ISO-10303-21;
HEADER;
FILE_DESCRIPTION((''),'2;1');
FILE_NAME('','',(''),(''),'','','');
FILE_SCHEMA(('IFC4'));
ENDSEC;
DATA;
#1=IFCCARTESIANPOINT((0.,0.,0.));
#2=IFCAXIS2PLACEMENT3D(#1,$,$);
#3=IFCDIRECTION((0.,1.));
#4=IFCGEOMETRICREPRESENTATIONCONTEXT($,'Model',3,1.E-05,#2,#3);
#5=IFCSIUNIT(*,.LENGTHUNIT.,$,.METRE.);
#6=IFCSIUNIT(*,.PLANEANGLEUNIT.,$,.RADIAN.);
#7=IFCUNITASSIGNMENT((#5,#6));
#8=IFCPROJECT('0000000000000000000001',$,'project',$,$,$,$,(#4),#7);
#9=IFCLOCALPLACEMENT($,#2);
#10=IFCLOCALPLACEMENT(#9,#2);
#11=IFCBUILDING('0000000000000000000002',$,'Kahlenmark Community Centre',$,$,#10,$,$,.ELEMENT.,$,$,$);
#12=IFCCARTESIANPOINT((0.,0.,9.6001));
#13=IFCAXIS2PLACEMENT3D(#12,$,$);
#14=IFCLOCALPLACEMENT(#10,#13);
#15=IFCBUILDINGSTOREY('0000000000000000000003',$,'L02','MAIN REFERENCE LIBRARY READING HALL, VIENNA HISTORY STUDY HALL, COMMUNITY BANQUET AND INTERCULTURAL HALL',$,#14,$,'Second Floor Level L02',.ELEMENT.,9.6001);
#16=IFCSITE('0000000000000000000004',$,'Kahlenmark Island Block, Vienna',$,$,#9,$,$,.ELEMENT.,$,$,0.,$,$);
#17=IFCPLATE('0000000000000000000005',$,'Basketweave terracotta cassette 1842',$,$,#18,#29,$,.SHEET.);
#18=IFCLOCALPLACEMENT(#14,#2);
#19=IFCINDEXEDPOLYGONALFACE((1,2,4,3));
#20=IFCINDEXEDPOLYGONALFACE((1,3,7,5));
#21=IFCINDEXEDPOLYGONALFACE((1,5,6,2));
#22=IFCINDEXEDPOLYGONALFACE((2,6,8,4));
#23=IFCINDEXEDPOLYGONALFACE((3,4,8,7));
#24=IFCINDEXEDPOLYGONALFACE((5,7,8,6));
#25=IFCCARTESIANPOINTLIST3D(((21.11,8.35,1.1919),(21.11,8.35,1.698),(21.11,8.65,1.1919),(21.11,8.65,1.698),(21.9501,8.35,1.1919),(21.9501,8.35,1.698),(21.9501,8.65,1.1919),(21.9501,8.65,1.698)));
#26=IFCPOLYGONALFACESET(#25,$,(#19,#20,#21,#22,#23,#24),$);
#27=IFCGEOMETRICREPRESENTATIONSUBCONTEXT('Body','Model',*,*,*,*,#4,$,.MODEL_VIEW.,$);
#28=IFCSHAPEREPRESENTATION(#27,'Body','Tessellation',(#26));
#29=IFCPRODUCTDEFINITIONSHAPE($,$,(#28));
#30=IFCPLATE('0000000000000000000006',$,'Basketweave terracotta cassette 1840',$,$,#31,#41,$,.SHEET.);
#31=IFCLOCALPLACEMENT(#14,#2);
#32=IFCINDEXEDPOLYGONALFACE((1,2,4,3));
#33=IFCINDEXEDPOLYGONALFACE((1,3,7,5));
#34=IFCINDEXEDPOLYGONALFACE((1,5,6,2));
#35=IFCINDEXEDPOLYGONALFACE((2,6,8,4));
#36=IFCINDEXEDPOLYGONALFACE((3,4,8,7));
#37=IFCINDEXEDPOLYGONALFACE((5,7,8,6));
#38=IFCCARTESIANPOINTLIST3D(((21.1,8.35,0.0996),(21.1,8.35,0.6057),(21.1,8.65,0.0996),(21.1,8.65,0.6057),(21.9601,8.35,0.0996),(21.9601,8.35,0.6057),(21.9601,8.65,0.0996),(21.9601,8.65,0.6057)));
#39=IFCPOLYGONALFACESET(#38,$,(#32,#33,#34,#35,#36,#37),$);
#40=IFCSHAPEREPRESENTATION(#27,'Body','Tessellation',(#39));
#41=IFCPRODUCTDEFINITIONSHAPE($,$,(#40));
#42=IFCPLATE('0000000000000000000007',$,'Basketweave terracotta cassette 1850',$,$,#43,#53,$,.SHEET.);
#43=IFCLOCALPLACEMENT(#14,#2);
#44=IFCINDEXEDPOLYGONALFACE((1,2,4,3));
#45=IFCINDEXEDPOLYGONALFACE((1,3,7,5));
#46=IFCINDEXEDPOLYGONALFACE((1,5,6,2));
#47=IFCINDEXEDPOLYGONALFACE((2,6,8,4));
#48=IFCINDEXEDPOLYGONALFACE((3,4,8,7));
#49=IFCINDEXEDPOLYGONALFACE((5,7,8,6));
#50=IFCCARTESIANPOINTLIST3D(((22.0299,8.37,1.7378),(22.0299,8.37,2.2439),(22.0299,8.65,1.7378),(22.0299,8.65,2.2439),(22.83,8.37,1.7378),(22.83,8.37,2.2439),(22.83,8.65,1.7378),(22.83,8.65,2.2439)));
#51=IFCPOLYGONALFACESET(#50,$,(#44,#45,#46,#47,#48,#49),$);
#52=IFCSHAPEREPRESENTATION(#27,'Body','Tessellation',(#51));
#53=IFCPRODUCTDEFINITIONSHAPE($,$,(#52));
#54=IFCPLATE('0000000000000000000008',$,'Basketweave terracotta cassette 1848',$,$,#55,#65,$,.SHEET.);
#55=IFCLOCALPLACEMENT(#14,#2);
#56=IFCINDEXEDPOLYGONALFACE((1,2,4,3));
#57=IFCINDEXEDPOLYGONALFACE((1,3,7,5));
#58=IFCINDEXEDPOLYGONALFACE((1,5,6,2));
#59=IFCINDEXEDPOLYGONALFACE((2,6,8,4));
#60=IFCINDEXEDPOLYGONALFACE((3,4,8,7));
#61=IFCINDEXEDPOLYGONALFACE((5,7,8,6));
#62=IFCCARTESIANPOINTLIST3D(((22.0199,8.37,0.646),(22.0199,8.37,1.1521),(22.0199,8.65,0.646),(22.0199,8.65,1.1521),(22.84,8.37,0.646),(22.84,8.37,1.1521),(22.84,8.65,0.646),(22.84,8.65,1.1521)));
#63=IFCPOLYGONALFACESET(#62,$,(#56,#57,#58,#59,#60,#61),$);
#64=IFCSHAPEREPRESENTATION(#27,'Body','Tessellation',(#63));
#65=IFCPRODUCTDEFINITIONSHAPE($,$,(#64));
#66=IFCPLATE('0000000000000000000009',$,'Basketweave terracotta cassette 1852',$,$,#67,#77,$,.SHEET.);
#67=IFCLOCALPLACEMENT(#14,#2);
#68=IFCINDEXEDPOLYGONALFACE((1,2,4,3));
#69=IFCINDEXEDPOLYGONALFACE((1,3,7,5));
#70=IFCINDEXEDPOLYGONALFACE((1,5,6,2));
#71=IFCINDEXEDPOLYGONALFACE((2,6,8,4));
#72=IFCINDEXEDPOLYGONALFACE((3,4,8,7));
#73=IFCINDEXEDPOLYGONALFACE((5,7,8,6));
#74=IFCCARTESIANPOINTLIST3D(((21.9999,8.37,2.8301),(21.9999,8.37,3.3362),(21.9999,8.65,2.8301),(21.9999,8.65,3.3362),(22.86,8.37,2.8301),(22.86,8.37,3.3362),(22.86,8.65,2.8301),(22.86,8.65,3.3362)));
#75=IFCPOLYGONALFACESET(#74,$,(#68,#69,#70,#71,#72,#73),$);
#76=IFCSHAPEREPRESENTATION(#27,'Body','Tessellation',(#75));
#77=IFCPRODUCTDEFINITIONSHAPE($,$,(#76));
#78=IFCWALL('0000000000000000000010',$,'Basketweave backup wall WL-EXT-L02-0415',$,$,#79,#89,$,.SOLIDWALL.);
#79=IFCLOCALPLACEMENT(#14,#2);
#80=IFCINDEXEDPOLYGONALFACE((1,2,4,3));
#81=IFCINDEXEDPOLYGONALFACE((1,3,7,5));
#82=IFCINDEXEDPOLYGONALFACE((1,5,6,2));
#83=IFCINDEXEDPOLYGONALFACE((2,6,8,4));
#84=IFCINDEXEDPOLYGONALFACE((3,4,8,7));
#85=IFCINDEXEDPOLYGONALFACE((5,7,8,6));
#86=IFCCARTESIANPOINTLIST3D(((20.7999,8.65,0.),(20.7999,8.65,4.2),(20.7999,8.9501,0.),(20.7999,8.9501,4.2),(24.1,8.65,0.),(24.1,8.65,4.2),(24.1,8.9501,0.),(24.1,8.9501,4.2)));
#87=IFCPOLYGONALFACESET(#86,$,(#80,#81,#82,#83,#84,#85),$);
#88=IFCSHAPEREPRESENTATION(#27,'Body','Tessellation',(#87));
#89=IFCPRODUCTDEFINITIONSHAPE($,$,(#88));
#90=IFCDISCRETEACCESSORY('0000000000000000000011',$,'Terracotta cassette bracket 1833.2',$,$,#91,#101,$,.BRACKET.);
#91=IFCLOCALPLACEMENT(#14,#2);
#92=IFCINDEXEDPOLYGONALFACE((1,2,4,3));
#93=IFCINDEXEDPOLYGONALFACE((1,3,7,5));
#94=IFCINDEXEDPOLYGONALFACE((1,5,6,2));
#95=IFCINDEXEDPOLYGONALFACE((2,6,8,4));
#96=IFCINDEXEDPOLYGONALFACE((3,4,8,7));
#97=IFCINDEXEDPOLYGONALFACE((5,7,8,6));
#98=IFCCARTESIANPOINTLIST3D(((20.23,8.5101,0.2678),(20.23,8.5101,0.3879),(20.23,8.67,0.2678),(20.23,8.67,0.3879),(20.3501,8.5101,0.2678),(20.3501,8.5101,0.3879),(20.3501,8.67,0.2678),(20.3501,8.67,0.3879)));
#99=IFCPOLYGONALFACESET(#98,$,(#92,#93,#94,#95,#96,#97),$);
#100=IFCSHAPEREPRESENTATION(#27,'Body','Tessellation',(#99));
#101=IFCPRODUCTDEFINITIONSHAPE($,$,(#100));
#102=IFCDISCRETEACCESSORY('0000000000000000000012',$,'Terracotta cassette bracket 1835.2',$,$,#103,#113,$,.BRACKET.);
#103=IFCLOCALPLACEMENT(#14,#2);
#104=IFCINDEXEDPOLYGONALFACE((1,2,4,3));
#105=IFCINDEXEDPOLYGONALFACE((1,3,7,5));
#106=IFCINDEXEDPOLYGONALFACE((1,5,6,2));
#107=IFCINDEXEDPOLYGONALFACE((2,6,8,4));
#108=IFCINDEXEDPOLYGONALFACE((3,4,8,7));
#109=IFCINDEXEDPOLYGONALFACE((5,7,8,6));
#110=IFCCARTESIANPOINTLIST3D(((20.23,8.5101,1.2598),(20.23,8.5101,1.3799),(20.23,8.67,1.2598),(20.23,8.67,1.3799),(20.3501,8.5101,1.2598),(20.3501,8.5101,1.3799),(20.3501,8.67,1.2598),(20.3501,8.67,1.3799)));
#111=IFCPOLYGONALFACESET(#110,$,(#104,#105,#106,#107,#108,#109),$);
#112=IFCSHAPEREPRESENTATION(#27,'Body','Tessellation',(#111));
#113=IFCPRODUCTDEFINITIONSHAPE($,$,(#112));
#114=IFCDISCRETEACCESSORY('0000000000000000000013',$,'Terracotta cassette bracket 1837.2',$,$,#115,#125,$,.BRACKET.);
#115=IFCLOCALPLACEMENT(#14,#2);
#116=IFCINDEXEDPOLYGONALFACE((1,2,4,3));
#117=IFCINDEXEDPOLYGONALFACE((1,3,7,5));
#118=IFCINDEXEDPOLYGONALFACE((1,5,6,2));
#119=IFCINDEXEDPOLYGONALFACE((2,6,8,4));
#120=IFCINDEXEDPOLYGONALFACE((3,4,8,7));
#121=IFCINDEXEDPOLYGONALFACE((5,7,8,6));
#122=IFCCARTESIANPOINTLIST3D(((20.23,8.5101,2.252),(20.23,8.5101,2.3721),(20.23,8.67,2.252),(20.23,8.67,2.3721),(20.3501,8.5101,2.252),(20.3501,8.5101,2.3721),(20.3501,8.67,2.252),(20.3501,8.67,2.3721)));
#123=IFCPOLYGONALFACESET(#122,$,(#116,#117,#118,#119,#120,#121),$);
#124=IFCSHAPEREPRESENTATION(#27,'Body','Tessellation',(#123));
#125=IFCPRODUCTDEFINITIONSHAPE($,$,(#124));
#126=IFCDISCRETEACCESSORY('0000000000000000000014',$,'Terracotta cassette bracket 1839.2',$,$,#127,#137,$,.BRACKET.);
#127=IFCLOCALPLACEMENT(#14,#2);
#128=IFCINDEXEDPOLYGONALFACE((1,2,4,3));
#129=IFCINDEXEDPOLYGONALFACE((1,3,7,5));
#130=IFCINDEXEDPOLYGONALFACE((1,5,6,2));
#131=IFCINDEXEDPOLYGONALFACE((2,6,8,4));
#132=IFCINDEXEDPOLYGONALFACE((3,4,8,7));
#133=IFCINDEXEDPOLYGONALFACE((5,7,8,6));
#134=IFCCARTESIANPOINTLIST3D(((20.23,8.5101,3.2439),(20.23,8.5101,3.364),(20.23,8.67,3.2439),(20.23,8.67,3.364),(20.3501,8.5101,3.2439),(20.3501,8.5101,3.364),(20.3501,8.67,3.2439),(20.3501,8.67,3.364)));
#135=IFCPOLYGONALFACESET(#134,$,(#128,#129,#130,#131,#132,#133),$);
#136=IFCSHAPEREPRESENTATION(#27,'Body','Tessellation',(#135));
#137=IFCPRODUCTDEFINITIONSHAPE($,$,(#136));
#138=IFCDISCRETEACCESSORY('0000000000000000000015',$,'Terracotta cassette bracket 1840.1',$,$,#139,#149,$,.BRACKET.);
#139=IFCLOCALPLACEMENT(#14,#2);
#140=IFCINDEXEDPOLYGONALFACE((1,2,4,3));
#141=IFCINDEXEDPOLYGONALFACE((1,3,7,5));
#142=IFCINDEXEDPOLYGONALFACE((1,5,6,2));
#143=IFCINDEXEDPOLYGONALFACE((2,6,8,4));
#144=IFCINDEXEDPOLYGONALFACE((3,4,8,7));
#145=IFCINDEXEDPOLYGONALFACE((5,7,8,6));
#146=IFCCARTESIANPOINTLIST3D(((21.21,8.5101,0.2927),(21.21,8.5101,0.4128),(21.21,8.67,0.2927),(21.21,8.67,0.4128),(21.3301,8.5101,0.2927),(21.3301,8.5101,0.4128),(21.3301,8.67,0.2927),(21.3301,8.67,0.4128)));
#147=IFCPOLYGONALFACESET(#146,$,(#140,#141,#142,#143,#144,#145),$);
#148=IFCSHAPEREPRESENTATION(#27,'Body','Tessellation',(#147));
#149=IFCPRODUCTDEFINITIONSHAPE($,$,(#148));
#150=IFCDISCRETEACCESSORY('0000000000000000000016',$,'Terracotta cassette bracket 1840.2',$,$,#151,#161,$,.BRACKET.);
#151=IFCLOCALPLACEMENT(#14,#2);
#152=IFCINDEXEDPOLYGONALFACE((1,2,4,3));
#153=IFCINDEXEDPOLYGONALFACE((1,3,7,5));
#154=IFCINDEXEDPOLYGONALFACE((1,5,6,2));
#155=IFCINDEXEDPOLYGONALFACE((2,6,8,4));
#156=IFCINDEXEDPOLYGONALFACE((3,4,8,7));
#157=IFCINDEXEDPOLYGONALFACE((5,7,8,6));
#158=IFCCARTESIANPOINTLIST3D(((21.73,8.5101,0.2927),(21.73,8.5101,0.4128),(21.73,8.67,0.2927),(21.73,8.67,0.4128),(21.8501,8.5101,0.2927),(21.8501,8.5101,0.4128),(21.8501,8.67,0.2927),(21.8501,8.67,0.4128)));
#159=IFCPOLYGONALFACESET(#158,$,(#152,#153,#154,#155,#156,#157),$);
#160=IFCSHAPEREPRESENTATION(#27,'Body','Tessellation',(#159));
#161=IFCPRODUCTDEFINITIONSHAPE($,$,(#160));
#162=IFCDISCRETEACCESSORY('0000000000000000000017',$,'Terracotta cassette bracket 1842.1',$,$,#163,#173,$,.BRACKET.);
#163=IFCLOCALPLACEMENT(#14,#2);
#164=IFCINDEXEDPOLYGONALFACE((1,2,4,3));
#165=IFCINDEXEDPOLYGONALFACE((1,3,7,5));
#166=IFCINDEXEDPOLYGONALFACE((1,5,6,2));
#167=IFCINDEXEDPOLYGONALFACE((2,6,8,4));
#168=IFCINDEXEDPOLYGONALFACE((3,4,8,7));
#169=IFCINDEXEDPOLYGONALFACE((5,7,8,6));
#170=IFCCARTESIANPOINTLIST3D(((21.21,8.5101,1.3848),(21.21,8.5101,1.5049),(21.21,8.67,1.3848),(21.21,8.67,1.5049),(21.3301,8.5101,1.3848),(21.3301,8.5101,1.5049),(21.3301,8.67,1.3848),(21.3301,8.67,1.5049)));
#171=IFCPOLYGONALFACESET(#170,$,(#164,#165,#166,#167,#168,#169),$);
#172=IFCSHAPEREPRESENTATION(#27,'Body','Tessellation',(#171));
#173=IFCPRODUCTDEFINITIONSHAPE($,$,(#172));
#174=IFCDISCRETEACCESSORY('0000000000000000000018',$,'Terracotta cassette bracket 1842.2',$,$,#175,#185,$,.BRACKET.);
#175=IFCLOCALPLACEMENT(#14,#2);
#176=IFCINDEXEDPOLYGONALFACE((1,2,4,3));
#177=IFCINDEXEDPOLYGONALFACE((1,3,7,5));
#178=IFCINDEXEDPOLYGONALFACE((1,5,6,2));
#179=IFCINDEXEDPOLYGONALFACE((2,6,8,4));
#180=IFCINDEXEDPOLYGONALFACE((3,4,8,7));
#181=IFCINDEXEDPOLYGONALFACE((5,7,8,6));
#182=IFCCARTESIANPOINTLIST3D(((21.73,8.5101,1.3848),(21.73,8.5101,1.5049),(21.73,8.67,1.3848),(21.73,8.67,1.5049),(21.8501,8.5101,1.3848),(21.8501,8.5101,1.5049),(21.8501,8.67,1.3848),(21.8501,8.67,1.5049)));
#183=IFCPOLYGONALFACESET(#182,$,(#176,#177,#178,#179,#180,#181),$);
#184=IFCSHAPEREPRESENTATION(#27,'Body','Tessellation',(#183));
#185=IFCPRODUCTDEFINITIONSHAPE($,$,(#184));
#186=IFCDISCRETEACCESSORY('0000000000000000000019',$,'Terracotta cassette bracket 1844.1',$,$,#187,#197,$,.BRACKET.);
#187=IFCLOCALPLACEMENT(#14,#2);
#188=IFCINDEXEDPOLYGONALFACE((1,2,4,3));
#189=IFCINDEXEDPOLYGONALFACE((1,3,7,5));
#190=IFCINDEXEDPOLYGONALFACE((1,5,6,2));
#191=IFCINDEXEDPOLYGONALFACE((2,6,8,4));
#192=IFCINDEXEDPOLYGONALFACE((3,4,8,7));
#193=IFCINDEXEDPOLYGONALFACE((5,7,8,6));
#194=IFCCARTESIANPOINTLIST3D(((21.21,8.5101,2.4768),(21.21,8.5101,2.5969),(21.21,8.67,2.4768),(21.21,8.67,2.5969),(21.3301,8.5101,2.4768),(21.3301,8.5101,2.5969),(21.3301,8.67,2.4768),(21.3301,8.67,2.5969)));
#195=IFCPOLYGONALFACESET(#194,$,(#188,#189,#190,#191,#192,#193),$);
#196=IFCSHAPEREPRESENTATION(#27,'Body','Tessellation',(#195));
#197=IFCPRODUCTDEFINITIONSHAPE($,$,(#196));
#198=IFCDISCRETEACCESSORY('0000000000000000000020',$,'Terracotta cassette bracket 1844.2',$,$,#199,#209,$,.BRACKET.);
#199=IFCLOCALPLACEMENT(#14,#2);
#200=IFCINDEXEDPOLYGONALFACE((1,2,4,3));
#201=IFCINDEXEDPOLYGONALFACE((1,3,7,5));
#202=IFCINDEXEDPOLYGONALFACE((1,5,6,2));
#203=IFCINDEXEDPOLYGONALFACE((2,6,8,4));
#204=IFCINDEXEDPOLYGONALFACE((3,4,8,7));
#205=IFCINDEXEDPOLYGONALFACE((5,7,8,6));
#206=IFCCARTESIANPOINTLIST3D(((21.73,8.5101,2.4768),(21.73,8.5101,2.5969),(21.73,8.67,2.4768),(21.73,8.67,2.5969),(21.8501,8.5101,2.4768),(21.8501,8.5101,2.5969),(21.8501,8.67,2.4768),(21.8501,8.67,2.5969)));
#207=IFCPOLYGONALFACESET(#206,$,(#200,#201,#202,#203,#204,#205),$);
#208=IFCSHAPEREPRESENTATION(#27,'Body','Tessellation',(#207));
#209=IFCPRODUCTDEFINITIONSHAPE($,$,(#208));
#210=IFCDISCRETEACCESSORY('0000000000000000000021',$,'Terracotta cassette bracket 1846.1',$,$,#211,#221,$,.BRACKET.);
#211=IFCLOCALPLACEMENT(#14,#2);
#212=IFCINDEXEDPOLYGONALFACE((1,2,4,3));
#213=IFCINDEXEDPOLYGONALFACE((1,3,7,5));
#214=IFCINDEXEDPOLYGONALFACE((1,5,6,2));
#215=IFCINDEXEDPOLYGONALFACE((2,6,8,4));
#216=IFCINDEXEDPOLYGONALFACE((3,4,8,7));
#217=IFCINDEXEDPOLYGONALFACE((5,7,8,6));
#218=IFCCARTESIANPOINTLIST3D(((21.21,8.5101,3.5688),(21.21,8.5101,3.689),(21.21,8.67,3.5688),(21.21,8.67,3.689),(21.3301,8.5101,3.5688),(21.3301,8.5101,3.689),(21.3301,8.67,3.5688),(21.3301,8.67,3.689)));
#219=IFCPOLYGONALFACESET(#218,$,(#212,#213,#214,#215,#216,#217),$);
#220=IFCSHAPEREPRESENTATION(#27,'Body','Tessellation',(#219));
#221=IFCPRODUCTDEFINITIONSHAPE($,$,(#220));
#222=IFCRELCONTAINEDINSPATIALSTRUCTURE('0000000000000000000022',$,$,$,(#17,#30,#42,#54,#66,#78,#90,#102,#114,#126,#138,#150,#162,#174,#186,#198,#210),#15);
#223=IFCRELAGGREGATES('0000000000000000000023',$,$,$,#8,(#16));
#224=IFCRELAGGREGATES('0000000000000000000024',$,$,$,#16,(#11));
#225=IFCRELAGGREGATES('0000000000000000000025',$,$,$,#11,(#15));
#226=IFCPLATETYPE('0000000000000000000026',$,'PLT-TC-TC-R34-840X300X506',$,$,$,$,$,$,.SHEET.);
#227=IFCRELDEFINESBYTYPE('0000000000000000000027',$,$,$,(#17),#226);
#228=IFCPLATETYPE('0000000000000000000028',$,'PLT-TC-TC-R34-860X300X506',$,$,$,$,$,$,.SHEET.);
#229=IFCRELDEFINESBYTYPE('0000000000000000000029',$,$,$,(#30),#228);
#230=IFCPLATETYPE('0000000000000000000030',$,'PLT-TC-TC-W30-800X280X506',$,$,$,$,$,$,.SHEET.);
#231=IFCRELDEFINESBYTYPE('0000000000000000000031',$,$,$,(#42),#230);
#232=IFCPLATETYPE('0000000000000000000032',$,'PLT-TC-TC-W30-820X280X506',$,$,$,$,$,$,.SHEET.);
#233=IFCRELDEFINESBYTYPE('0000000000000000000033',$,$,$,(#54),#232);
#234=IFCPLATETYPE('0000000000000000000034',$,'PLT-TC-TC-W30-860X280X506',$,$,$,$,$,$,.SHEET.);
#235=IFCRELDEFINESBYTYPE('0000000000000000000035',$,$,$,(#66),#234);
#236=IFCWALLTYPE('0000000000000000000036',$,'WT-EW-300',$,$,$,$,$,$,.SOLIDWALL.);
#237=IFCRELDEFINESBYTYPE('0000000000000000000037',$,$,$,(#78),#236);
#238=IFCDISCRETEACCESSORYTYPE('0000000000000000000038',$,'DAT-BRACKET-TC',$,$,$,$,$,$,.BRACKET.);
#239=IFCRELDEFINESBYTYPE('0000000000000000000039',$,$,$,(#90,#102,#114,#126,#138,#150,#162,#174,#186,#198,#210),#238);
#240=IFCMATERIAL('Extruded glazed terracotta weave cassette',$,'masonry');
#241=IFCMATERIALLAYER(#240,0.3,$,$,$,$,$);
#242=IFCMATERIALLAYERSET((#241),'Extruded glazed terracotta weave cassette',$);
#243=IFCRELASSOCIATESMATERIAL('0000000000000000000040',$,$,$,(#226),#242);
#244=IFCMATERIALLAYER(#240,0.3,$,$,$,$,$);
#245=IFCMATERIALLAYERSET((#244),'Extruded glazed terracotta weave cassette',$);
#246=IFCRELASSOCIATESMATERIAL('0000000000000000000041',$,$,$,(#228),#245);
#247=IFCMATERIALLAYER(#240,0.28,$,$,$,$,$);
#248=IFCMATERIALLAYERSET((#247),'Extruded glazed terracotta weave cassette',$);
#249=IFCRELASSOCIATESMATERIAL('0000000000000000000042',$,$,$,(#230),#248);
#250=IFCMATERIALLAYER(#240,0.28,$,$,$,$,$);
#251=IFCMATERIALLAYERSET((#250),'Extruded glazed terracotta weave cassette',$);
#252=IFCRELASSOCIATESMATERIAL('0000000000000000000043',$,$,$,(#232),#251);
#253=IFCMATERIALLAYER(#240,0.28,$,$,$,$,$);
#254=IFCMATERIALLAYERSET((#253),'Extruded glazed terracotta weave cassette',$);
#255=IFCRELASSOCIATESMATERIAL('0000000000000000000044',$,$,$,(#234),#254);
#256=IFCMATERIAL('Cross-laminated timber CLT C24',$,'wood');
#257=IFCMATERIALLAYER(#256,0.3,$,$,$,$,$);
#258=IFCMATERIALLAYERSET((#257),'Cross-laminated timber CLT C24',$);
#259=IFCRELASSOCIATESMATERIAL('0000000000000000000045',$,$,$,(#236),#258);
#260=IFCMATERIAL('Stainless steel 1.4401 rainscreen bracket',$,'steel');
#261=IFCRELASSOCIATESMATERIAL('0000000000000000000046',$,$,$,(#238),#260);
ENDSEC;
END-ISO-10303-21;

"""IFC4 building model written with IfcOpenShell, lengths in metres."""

from ifc_helpers import new_model, si_unit, direction, frame, frame_2d, origin, origin_2d, place, context, subcontext, project, spatial, rectangle, extrude, material, layer, layer_set, type_object, element, save


model = new_model("IFC4")

# Units and contexts
model_context = context("Model", 3, precision=1e-05, world=origin(), true_north=direction((0.0, 1.0)))
body_context = subcontext(model_context, "Body", "Model", "MODEL_VIEW")
ifc_project = project(units=[si_unit("LENGTHUNIT", "METRE"), si_unit("PLANEANGLEUNIT", "RADIAN")], contexts=[model_context])

# Site, building, storey
site_placement = place(None, origin())
site = spatial("IfcSite", under=ifc_project, at=site_placement, Name="Kahlenmark Island Block, Vienna", CompositionType="ELEMENT", RefElevation=0.0)
building_placement = place(site_placement, origin())
building = spatial("IfcBuilding", under=site, at=building_placement, Name="Kahlenmark Community Centre", CompositionType="ELEMENT")
storey_placement = place(building_placement, frame((0.0, 0.0, 9.6001)))
storey = spatial("IfcBuildingStorey", under=building, at=storey_placement, Name="L02", Description="MAIN REFERENCE LIBRARY READING HALL, VIENNA HISTORY STUDY HALL, COMMUNITY BANQUET AND INTERCULTURAL HALL", LongName="Second Floor Level L02", CompositionType="ELEMENT", Elevation=9.6001)

# Plates
ifc_material_1 = material(Name="Extruded glazed terracotta weave cassette", Category="masonry")
ifc_layer_1 = layer(ifc_material_1, 0.3)
ifc_layer_set_1 = layer_set([ifc_layer_1], Name="Extruded glazed terracotta weave cassette")
plate_type_1 = type_object("IfcPlateType", Name="PLT-TC-TC-R34-840X300X506", PredefinedType="SHEET", material=ifc_layer_set_1)
plate_1_placement = place(storey_placement, frame((21.53, 8.5, 1.1919), z_axis=(0.0, 0.0, 1.0), x_axis=(1.0, 0.0, 0.0)))
element("IfcPlate", 1, at=plate_1_placement, inside=storey, type_object=plate_type_1, Name="Basketweave terracotta cassette 1842", PredefinedType="SHEET", context=body_context, shape_type="SweptSolid", body=[
    extrude(rectangle(XDim=0.8401, YDim=0.3, at=origin_2d()), origin(), (0.0, 0.0, 1.0), 0.5061),
])
ifc_layer_2 = layer(ifc_material_1, 0.3)
ifc_layer_set_2 = layer_set([ifc_layer_2], Name="Extruded glazed terracotta weave cassette")
plate_type_2 = type_object("IfcPlateType", Name="PLT-TC-TC-R34-860X300X506", PredefinedType="SHEET", material=ifc_layer_set_2)
plate_2_placement = place(storey_placement, frame((21.53, 8.5, 0.0996), z_axis=(0.0, 0.0, 1.0), x_axis=(1.0, 0.0, 0.0)))
element("IfcPlate", 2, at=plate_2_placement, inside=storey, type_object=plate_type_2, Name="Basketweave terracotta cassette 1840", PredefinedType="SHEET", context=body_context, shape_type="SweptSolid", body=[
    extrude(rectangle(XDim=0.8601, YDim=0.3, at=origin_2d()), origin(), (0.0, 0.0, 1.0), 0.5061),
])
ifc_layer_3 = layer(ifc_material_1, 0.28)
ifc_layer_set_3 = layer_set([ifc_layer_3], Name="Extruded glazed terracotta weave cassette")
plate_type_3 = type_object("IfcPlateType", Name="PLT-TC-TC-W30-800X280X506", PredefinedType="SHEET", material=ifc_layer_set_3)
plate_3_placement = place(storey_placement, frame((22.4299, 8.51, 1.7378), z_axis=(0.0, 0.0, 1.0), x_axis=(1.0, 0.0, 0.0)))
element("IfcPlate", 3, at=plate_3_placement, inside=storey, type_object=plate_type_3, Name="Basketweave terracotta cassette 1850", PredefinedType="SHEET", context=body_context, shape_type="SweptSolid", body=[
    extrude(rectangle(XDim=0.8, YDim=0.28, at=origin_2d()), origin(), (0.0, 0.0, 1.0), 0.5061),
])
ifc_layer_4 = layer(ifc_material_1, 0.28)
ifc_layer_set_4 = layer_set([ifc_layer_4], Name="Extruded glazed terracotta weave cassette")
plate_type_4 = type_object("IfcPlateType", Name="PLT-TC-TC-W30-820X280X506", PredefinedType="SHEET", material=ifc_layer_set_4)
plate_4_placement = place(storey_placement, frame((22.4299, 8.51, 0.646), z_axis=(0.0, 0.0, 1.0), x_axis=(1.0, 0.0, 0.0)))
element("IfcPlate", 4, at=plate_4_placement, inside=storey, type_object=plate_type_4, Name="Basketweave terracotta cassette 1848", PredefinedType="SHEET", context=body_context, shape_type="SweptSolid", body=[
    extrude(rectangle(XDim=0.8201, YDim=0.28, at=origin_2d()), origin(), (0.0, 0.0, 1.0), 0.5061),
])
ifc_layer_5 = layer(ifc_material_1, 0.28)
ifc_layer_set_5 = layer_set([ifc_layer_5], Name="Extruded glazed terracotta weave cassette")
plate_type_5 = type_object("IfcPlateType", Name="PLT-TC-TC-W30-860X280X506", PredefinedType="SHEET", material=ifc_layer_set_5)
plate_5_placement = place(storey_placement, frame((22.4299, 8.51, 2.8301), z_axis=(0.0, 0.0, 1.0), x_axis=(1.0, 0.0, 0.0)))
element("IfcPlate", 5, at=plate_5_placement, inside=storey, type_object=plate_type_5, Name="Basketweave terracotta cassette 1852", PredefinedType="SHEET", context=body_context, shape_type="SweptSolid", body=[
    extrude(rectangle(XDim=0.8601, YDim=0.28, at=origin_2d()), origin(), (0.0, 0.0, 1.0), 0.5061),
])

# Wall
ifc_material_2 = material(Name="Cross-laminated timber CLT C24", Category="wood")
ifc_layer_6 = layer(ifc_material_2, 0.3)
ifc_layer_set_6 = layer_set([ifc_layer_6], Name="Cross-laminated timber CLT C24")
wall_type = type_object("IfcWallType", Name="WT-EW-300", PredefinedType="SOLIDWALL", material=ifc_layer_set_6)
wall_placement = place(storey_placement, frame((20.8, 8.8, 0.0), z_axis=(0.0, 0.0, 1.0), x_axis=(1.0, 0.0, 0.0)))
element("IfcWall", 6, at=wall_placement, inside=storey, type_object=wall_type, Name="Basketweave backup wall WL-EXT-L02-0415", PredefinedType="SOLIDWALL", context=body_context, shape_type="SweptSolid", body=[
    extrude(rectangle(XDim=3.3, YDim=0.3, at=frame_2d((1.6499, 0.0))), origin(), (0.0, 0.0, 1.0), 4.2),
])

# Discrete accessories
ifc_material_3 = material(Name="Stainless steel 1.4401 rainscreen bracket", Category="steel")
discrete_accessory_type = type_object("IfcDiscreteAccessoryType", Name="DAT-BRACKET-TC", PredefinedType="BRACKET", material=ifc_material_3)
for number, where, z_axis, x_axis, name in (
    (7, (20.29, 8.5901, 0.2678), (0.0, 0.0, 1.0), (1.0, 0.0, 0.0), "Terracotta cassette bracket 1833.2"),
    (8, (20.29, 8.5901, 1.2598), (0.0, 0.0, 1.0), (1.0, 0.0, 0.0), "Terracotta cassette bracket 1835.2"),
    (9, (20.29, 8.5901, 2.252), (0.0, 0.0, 1.0), (1.0, 0.0, 0.0), "Terracotta cassette bracket 1837.2"),
    (10, (20.29, 8.5901, 3.2439), (0.0, 0.0, 1.0), (1.0, 0.0, 0.0), "Terracotta cassette bracket 1839.2"),
    (11, (21.27, 8.5901, 0.2927), (0.0, 0.0, 1.0), (1.0, 0.0, 0.0), "Terracotta cassette bracket 1840.1"),
    (12, (21.79, 8.5901, 0.2927), (0.0, 0.0, 1.0), (1.0, 0.0, 0.0), "Terracotta cassette bracket 1840.2"),
    (13, (21.27, 8.5901, 1.3848), (0.0, 0.0, 1.0), (1.0, 0.0, 0.0), "Terracotta cassette bracket 1842.1"),
    (14, (21.79, 8.5901, 1.3848), (0.0, 0.0, 1.0), (1.0, 0.0, 0.0), "Terracotta cassette bracket 1842.2"),
    (15, (21.27, 8.5901, 2.4768), (0.0, 0.0, 1.0), (1.0, 0.0, 0.0), "Terracotta cassette bracket 1844.1"),
    (16, (21.79, 8.5901, 2.4768), (0.0, 0.0, 1.0), (1.0, 0.0, 0.0), "Terracotta cassette bracket 1844.2"),
    (17, (21.27, 8.5901, 3.5688), (0.0, 0.0, 1.0), (1.0, 0.0, 0.0), "Terracotta cassette bracket 1846.1"),
):
    element("IfcDiscreteAccessory", number, at=place(storey_placement, frame(where, z_axis=z_axis, x_axis=x_axis)), inside=storey, type_object=discrete_accessory_type, Name=name, PredefinedType="BRACKET", context=body_context, shape_type="SweptSolid", body=[
        extrude(rectangle(XDim=0.1201, YDim=0.1599, at=origin_2d()), origin(), (0.0, 0.0, 1.0), 0.1201),
    ])

save(model, "model.ifc")
